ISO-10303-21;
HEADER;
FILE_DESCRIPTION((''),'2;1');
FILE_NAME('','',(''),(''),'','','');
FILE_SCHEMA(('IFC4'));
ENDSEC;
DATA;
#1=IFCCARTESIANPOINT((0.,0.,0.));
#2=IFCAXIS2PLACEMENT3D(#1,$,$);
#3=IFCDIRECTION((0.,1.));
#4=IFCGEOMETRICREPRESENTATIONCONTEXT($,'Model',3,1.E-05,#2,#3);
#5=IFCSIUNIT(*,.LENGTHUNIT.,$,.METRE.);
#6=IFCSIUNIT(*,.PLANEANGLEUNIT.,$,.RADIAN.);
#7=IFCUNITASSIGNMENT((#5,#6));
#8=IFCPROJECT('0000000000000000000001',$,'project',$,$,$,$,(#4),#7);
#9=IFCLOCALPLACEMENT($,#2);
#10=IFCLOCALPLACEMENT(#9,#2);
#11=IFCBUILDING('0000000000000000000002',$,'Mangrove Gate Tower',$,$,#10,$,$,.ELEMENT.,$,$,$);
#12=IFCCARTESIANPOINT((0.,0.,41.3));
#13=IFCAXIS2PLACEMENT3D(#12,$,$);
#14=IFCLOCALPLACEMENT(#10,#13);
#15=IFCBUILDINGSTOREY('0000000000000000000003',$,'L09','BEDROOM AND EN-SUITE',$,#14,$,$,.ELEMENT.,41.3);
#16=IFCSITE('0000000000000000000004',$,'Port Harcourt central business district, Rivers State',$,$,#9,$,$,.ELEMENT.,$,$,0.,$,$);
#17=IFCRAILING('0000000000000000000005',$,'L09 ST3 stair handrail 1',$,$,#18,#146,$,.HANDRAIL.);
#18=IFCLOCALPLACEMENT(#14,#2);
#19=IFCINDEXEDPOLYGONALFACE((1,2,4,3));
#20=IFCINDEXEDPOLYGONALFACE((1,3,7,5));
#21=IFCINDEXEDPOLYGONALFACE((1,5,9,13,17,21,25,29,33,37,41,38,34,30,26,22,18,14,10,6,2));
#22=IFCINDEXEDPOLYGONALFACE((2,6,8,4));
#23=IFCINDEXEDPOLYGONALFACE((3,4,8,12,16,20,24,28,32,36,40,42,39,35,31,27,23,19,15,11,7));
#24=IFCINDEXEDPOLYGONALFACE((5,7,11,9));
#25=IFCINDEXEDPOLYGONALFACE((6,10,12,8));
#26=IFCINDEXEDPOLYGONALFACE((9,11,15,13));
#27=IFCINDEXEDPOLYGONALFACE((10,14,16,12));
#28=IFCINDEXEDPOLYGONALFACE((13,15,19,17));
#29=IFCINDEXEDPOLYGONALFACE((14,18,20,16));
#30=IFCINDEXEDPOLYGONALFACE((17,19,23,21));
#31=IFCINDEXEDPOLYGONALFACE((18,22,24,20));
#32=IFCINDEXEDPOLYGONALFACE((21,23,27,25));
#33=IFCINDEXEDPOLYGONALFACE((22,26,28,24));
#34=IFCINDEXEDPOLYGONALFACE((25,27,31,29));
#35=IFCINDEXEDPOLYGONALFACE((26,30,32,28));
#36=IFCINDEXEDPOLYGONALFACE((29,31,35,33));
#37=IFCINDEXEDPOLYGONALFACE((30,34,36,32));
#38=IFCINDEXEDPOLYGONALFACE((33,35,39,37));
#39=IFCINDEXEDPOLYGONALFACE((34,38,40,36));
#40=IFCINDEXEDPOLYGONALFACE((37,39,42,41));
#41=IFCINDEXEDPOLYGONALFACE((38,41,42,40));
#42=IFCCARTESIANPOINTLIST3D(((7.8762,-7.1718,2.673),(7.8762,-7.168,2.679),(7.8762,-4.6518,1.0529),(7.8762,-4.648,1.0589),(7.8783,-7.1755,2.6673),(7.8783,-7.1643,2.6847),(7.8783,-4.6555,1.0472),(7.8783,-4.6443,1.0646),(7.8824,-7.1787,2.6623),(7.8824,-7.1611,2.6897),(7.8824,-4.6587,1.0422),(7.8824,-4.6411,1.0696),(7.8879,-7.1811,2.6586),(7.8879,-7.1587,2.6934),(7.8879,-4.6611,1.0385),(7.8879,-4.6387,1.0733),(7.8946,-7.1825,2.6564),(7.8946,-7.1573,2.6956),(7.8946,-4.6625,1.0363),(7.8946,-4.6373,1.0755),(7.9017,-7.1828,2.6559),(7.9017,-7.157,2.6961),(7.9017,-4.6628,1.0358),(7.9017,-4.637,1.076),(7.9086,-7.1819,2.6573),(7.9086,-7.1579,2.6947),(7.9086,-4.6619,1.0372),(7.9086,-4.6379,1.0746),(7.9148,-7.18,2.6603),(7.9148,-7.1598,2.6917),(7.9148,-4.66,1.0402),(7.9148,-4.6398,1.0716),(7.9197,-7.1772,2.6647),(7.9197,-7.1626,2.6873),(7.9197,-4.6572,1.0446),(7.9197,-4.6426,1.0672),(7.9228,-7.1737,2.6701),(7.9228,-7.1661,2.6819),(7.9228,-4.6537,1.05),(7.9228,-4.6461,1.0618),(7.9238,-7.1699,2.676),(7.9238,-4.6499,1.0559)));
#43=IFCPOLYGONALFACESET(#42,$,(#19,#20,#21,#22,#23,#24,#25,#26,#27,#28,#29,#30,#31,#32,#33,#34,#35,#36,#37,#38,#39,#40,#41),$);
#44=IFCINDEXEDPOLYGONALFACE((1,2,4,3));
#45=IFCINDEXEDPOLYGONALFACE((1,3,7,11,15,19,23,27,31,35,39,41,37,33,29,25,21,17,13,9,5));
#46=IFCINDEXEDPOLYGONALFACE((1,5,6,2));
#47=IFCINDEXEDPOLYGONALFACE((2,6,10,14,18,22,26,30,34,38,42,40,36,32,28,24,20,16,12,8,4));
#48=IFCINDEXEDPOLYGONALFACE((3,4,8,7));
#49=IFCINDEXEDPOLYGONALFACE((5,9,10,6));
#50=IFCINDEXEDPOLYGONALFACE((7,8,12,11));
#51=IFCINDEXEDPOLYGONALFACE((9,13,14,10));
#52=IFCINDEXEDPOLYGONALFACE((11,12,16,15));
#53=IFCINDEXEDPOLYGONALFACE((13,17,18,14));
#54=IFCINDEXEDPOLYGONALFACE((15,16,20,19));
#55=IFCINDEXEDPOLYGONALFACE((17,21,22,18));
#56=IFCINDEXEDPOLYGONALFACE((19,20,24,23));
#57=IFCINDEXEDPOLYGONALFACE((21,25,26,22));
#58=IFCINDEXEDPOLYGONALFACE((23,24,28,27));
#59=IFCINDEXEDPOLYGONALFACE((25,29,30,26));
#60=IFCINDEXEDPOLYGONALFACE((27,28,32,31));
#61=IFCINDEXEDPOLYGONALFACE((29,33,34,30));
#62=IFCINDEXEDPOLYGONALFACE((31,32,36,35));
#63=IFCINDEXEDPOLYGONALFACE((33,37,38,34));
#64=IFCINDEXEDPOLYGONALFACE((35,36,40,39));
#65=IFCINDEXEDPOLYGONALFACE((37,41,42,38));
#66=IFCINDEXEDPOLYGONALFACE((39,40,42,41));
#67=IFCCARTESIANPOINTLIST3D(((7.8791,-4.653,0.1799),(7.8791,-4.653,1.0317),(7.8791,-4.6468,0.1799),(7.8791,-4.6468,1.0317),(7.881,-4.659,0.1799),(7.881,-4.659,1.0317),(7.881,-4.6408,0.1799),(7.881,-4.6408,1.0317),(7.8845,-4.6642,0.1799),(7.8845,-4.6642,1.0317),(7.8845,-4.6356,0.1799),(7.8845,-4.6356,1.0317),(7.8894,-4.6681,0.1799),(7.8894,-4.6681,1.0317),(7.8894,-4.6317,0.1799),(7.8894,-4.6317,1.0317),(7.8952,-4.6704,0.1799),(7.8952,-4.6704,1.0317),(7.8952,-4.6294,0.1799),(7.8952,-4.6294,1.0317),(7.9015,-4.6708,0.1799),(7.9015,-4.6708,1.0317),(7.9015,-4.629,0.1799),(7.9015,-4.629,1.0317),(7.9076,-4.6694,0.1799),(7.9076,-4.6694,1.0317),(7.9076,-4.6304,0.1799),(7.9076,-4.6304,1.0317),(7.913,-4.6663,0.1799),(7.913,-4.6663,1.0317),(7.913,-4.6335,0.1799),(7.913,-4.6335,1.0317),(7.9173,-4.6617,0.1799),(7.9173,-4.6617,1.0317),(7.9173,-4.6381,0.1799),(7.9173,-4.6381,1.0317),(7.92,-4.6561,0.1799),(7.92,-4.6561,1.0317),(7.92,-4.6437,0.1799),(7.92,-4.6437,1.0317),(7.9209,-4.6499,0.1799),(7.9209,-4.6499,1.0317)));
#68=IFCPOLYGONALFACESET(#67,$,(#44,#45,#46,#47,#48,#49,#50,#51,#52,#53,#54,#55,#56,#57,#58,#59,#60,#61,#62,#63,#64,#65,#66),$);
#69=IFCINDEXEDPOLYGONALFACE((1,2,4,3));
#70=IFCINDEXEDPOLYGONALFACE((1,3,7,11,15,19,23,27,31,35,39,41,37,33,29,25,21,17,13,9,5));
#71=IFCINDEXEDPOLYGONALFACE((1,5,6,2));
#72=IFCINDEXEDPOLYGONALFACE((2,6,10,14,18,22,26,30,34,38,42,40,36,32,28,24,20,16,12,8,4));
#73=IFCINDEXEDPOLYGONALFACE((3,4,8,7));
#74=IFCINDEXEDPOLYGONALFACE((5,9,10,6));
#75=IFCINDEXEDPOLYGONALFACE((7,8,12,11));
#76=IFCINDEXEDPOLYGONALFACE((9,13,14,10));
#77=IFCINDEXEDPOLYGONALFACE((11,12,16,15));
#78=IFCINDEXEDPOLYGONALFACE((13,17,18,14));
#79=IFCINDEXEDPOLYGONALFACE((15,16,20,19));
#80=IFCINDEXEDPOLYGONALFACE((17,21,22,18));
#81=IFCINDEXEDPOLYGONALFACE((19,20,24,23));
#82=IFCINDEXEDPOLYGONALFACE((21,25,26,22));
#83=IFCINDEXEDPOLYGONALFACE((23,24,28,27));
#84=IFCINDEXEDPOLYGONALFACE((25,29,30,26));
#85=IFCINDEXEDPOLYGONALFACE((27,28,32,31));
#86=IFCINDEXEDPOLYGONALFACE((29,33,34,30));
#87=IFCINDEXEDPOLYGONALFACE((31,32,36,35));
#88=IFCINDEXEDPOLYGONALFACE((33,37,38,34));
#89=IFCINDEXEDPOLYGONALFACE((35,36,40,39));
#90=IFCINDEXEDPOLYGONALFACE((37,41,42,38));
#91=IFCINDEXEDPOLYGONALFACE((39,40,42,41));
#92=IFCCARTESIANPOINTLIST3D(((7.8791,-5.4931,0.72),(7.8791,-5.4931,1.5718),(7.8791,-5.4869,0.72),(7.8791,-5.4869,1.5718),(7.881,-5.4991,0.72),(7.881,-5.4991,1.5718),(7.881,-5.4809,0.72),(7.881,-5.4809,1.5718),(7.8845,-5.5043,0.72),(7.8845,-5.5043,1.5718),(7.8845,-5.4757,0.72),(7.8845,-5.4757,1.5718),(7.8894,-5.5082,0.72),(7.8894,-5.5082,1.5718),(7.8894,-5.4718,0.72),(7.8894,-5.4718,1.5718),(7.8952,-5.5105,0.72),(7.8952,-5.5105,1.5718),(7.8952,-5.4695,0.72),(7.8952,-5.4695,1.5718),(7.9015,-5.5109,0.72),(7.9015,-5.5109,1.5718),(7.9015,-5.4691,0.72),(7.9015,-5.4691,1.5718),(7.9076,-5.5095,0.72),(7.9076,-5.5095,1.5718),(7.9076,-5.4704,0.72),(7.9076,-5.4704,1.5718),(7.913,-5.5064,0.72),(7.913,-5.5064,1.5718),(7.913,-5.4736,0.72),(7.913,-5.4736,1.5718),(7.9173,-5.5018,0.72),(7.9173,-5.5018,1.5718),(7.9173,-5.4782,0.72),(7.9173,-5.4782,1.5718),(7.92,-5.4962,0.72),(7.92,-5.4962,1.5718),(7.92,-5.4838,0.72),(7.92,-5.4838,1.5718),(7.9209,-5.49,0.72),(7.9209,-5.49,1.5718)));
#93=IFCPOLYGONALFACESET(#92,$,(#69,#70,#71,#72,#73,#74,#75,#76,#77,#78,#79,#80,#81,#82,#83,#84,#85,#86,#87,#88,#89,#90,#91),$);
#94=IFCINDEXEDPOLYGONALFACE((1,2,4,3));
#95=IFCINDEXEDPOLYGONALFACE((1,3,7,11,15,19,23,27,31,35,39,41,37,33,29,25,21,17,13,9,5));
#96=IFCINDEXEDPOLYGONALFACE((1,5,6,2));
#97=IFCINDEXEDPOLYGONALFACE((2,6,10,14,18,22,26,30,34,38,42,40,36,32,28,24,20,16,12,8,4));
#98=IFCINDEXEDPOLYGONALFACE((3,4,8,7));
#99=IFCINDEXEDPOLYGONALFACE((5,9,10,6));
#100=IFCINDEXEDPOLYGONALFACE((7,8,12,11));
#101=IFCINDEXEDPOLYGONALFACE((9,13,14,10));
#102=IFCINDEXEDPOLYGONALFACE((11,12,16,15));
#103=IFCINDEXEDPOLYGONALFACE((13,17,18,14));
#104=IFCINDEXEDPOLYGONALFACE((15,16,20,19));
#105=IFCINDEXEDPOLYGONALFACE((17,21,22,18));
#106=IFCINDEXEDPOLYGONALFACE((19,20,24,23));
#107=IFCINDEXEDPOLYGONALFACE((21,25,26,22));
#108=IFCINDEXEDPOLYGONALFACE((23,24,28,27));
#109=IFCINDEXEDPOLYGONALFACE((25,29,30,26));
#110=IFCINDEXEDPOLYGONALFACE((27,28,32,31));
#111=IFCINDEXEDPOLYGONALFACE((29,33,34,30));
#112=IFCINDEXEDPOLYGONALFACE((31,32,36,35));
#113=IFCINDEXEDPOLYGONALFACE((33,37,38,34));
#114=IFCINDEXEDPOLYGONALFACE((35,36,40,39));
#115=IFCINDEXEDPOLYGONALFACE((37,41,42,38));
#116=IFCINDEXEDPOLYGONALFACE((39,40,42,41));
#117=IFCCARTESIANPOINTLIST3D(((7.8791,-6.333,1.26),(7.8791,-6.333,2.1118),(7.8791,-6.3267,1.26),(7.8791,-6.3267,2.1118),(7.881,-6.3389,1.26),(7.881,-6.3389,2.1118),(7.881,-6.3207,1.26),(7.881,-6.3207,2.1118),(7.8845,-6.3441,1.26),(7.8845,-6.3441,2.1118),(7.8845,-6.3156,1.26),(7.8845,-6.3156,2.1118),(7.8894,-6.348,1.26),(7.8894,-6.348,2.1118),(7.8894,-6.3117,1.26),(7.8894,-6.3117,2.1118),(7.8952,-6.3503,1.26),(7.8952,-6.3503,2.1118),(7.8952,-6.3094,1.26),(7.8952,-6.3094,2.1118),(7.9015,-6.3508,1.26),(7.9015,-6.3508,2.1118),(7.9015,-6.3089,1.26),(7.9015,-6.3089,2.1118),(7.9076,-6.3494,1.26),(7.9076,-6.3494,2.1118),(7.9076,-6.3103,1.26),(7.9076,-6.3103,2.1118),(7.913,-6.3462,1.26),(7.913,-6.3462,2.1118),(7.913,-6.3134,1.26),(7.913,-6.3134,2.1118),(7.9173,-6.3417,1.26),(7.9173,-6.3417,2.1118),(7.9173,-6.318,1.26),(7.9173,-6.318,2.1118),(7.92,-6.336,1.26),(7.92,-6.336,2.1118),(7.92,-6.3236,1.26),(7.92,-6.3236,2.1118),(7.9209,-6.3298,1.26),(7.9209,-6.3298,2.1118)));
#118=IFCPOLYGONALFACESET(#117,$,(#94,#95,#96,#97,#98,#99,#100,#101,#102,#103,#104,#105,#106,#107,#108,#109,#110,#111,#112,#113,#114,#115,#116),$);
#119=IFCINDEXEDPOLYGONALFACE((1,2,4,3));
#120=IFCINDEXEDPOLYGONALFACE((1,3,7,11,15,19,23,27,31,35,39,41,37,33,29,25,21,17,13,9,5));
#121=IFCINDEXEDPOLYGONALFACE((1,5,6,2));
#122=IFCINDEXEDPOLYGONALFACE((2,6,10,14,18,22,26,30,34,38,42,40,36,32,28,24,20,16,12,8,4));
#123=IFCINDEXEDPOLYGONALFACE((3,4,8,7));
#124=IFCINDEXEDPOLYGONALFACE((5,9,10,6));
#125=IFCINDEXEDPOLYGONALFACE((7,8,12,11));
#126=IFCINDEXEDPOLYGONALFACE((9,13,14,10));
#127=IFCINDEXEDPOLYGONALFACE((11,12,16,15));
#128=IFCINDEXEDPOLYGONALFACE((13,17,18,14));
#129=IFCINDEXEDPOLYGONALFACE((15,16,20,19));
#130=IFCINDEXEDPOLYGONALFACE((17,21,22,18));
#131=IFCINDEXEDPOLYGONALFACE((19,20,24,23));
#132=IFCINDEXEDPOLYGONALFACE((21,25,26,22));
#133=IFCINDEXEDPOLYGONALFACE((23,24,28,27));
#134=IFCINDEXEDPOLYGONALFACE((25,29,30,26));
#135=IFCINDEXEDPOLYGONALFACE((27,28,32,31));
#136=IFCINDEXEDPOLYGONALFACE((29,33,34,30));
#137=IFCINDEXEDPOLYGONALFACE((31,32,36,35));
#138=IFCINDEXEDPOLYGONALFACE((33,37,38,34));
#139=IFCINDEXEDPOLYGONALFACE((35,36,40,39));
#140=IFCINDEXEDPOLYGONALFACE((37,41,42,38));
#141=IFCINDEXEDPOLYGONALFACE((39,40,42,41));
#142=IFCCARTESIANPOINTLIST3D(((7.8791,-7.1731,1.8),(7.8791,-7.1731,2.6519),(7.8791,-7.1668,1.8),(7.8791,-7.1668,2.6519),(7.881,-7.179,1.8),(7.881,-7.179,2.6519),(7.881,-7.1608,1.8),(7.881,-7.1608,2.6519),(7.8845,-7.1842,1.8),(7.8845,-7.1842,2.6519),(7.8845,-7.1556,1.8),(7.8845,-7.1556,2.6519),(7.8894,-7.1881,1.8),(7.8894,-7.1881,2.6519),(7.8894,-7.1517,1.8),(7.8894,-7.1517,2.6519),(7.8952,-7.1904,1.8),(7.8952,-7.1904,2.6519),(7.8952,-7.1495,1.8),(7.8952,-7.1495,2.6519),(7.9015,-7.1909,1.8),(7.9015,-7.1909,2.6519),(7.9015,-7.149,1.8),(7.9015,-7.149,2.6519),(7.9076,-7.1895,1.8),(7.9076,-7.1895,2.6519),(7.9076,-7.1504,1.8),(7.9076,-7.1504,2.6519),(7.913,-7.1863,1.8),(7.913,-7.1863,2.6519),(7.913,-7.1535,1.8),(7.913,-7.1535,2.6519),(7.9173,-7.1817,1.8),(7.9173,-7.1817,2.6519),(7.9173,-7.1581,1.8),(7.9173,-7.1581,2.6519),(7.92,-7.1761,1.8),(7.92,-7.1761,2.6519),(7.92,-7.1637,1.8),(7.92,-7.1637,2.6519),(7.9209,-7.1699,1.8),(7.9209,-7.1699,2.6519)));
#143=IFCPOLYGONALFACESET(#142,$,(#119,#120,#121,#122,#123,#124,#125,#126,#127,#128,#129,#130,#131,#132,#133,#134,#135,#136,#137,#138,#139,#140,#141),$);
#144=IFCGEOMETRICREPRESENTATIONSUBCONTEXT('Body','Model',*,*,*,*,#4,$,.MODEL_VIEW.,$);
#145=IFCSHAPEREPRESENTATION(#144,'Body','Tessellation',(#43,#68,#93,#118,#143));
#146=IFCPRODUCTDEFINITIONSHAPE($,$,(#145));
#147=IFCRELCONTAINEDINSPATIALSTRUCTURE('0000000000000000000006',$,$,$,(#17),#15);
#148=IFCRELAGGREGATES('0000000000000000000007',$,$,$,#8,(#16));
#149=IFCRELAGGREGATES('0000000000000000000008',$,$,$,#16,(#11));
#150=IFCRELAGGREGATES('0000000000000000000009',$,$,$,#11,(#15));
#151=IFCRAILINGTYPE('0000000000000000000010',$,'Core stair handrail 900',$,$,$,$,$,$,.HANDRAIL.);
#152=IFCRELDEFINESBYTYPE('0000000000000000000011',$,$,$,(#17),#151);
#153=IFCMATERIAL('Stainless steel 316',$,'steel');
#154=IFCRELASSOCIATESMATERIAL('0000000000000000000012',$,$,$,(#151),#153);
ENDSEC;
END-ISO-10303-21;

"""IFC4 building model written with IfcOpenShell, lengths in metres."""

from ifc_helpers import new_model, si_unit, direction, frame, origin, origin_2d, place, context, subcontext, project, spatial, circle, extrude, material, type_object, element, save


model = new_model("IFC4")

# Units and contexts
model_context = context("Model", 3, precision=1e-05, world=origin(), true_north=direction((0.0, 1.0)))
body_context = subcontext(model_context, "Body", "Model", "MODEL_VIEW")
ifc_project = project(units=[si_unit("LENGTHUNIT", "METRE"), si_unit("PLANEANGLEUNIT", "RADIAN")], contexts=[model_context])

# Site, building, storey
site_placement = place(None, origin())
site = spatial("IfcSite", under=ifc_project, at=site_placement, Name="Port Harcourt central business district, Rivers State", CompositionType="ELEMENT", RefElevation=0.0)
building_placement = place(site_placement, origin())
building = spatial("IfcBuilding", under=site, at=building_placement, Name="Mangrove Gate Tower", CompositionType="ELEMENT")
storey_placement = place(building_placement, frame((0.0, 0.0, 41.3)))
storey = spatial("IfcBuildingStorey", under=building, at=storey_placement, Name="L09", Description="BEDROOM AND EN-SUITE", CompositionType="ELEMENT", Elevation=41.3)

# Railing
ifc_material_1 = material(Name="Stainless steel 316", Category="steel")
railing_type_1 = type_object("IfcRailingType", Name="Core stair handrail 900", PredefinedType="HANDRAIL", material=ifc_material_1)
railing_1_placement = place(storey_placement, frame((7.8999, -4.6499, 0.1799)))
element("IfcRailing", 1, at=railing_1_placement, inside=storey, type_object=railing_type_1, Name="L09 ST3 stair handrail 1", PredefinedType="HANDRAIL", context=body_context, shape_type="SweptSolid", body=[
    extrude(circle(Radius=0.0239, at=origin_2d()), frame((0.0, 0.0, 0.876), z_axis=(0.0, -0.841163, 0.540782), x_axis=(1.0, 0.0, 0.0)), (0.0, 0.0, 1.0), 2.9958),
    extrude(circle(Radius=0.021, at=origin_2d()), origin(), (0.0, 0.0, 1.0), 0.8518),
    extrude(circle(Radius=0.021, at=origin_2d()), frame((0.0, -0.8401, 0.54)), (0.0, 0.0, 1.0), 0.8518),
    extrude(circle(Radius=0.021, at=origin_2d()), frame((0.0, -1.6799, 1.0801)), (0.0, 0.0, 1.0), 0.8518),
    extrude(circle(Radius=0.021, at=origin_2d()), frame((0.0, -2.52, 1.6201)), (0.0, 0.0, 1.0), 0.8518),
])

save(model, "model.ifc")
